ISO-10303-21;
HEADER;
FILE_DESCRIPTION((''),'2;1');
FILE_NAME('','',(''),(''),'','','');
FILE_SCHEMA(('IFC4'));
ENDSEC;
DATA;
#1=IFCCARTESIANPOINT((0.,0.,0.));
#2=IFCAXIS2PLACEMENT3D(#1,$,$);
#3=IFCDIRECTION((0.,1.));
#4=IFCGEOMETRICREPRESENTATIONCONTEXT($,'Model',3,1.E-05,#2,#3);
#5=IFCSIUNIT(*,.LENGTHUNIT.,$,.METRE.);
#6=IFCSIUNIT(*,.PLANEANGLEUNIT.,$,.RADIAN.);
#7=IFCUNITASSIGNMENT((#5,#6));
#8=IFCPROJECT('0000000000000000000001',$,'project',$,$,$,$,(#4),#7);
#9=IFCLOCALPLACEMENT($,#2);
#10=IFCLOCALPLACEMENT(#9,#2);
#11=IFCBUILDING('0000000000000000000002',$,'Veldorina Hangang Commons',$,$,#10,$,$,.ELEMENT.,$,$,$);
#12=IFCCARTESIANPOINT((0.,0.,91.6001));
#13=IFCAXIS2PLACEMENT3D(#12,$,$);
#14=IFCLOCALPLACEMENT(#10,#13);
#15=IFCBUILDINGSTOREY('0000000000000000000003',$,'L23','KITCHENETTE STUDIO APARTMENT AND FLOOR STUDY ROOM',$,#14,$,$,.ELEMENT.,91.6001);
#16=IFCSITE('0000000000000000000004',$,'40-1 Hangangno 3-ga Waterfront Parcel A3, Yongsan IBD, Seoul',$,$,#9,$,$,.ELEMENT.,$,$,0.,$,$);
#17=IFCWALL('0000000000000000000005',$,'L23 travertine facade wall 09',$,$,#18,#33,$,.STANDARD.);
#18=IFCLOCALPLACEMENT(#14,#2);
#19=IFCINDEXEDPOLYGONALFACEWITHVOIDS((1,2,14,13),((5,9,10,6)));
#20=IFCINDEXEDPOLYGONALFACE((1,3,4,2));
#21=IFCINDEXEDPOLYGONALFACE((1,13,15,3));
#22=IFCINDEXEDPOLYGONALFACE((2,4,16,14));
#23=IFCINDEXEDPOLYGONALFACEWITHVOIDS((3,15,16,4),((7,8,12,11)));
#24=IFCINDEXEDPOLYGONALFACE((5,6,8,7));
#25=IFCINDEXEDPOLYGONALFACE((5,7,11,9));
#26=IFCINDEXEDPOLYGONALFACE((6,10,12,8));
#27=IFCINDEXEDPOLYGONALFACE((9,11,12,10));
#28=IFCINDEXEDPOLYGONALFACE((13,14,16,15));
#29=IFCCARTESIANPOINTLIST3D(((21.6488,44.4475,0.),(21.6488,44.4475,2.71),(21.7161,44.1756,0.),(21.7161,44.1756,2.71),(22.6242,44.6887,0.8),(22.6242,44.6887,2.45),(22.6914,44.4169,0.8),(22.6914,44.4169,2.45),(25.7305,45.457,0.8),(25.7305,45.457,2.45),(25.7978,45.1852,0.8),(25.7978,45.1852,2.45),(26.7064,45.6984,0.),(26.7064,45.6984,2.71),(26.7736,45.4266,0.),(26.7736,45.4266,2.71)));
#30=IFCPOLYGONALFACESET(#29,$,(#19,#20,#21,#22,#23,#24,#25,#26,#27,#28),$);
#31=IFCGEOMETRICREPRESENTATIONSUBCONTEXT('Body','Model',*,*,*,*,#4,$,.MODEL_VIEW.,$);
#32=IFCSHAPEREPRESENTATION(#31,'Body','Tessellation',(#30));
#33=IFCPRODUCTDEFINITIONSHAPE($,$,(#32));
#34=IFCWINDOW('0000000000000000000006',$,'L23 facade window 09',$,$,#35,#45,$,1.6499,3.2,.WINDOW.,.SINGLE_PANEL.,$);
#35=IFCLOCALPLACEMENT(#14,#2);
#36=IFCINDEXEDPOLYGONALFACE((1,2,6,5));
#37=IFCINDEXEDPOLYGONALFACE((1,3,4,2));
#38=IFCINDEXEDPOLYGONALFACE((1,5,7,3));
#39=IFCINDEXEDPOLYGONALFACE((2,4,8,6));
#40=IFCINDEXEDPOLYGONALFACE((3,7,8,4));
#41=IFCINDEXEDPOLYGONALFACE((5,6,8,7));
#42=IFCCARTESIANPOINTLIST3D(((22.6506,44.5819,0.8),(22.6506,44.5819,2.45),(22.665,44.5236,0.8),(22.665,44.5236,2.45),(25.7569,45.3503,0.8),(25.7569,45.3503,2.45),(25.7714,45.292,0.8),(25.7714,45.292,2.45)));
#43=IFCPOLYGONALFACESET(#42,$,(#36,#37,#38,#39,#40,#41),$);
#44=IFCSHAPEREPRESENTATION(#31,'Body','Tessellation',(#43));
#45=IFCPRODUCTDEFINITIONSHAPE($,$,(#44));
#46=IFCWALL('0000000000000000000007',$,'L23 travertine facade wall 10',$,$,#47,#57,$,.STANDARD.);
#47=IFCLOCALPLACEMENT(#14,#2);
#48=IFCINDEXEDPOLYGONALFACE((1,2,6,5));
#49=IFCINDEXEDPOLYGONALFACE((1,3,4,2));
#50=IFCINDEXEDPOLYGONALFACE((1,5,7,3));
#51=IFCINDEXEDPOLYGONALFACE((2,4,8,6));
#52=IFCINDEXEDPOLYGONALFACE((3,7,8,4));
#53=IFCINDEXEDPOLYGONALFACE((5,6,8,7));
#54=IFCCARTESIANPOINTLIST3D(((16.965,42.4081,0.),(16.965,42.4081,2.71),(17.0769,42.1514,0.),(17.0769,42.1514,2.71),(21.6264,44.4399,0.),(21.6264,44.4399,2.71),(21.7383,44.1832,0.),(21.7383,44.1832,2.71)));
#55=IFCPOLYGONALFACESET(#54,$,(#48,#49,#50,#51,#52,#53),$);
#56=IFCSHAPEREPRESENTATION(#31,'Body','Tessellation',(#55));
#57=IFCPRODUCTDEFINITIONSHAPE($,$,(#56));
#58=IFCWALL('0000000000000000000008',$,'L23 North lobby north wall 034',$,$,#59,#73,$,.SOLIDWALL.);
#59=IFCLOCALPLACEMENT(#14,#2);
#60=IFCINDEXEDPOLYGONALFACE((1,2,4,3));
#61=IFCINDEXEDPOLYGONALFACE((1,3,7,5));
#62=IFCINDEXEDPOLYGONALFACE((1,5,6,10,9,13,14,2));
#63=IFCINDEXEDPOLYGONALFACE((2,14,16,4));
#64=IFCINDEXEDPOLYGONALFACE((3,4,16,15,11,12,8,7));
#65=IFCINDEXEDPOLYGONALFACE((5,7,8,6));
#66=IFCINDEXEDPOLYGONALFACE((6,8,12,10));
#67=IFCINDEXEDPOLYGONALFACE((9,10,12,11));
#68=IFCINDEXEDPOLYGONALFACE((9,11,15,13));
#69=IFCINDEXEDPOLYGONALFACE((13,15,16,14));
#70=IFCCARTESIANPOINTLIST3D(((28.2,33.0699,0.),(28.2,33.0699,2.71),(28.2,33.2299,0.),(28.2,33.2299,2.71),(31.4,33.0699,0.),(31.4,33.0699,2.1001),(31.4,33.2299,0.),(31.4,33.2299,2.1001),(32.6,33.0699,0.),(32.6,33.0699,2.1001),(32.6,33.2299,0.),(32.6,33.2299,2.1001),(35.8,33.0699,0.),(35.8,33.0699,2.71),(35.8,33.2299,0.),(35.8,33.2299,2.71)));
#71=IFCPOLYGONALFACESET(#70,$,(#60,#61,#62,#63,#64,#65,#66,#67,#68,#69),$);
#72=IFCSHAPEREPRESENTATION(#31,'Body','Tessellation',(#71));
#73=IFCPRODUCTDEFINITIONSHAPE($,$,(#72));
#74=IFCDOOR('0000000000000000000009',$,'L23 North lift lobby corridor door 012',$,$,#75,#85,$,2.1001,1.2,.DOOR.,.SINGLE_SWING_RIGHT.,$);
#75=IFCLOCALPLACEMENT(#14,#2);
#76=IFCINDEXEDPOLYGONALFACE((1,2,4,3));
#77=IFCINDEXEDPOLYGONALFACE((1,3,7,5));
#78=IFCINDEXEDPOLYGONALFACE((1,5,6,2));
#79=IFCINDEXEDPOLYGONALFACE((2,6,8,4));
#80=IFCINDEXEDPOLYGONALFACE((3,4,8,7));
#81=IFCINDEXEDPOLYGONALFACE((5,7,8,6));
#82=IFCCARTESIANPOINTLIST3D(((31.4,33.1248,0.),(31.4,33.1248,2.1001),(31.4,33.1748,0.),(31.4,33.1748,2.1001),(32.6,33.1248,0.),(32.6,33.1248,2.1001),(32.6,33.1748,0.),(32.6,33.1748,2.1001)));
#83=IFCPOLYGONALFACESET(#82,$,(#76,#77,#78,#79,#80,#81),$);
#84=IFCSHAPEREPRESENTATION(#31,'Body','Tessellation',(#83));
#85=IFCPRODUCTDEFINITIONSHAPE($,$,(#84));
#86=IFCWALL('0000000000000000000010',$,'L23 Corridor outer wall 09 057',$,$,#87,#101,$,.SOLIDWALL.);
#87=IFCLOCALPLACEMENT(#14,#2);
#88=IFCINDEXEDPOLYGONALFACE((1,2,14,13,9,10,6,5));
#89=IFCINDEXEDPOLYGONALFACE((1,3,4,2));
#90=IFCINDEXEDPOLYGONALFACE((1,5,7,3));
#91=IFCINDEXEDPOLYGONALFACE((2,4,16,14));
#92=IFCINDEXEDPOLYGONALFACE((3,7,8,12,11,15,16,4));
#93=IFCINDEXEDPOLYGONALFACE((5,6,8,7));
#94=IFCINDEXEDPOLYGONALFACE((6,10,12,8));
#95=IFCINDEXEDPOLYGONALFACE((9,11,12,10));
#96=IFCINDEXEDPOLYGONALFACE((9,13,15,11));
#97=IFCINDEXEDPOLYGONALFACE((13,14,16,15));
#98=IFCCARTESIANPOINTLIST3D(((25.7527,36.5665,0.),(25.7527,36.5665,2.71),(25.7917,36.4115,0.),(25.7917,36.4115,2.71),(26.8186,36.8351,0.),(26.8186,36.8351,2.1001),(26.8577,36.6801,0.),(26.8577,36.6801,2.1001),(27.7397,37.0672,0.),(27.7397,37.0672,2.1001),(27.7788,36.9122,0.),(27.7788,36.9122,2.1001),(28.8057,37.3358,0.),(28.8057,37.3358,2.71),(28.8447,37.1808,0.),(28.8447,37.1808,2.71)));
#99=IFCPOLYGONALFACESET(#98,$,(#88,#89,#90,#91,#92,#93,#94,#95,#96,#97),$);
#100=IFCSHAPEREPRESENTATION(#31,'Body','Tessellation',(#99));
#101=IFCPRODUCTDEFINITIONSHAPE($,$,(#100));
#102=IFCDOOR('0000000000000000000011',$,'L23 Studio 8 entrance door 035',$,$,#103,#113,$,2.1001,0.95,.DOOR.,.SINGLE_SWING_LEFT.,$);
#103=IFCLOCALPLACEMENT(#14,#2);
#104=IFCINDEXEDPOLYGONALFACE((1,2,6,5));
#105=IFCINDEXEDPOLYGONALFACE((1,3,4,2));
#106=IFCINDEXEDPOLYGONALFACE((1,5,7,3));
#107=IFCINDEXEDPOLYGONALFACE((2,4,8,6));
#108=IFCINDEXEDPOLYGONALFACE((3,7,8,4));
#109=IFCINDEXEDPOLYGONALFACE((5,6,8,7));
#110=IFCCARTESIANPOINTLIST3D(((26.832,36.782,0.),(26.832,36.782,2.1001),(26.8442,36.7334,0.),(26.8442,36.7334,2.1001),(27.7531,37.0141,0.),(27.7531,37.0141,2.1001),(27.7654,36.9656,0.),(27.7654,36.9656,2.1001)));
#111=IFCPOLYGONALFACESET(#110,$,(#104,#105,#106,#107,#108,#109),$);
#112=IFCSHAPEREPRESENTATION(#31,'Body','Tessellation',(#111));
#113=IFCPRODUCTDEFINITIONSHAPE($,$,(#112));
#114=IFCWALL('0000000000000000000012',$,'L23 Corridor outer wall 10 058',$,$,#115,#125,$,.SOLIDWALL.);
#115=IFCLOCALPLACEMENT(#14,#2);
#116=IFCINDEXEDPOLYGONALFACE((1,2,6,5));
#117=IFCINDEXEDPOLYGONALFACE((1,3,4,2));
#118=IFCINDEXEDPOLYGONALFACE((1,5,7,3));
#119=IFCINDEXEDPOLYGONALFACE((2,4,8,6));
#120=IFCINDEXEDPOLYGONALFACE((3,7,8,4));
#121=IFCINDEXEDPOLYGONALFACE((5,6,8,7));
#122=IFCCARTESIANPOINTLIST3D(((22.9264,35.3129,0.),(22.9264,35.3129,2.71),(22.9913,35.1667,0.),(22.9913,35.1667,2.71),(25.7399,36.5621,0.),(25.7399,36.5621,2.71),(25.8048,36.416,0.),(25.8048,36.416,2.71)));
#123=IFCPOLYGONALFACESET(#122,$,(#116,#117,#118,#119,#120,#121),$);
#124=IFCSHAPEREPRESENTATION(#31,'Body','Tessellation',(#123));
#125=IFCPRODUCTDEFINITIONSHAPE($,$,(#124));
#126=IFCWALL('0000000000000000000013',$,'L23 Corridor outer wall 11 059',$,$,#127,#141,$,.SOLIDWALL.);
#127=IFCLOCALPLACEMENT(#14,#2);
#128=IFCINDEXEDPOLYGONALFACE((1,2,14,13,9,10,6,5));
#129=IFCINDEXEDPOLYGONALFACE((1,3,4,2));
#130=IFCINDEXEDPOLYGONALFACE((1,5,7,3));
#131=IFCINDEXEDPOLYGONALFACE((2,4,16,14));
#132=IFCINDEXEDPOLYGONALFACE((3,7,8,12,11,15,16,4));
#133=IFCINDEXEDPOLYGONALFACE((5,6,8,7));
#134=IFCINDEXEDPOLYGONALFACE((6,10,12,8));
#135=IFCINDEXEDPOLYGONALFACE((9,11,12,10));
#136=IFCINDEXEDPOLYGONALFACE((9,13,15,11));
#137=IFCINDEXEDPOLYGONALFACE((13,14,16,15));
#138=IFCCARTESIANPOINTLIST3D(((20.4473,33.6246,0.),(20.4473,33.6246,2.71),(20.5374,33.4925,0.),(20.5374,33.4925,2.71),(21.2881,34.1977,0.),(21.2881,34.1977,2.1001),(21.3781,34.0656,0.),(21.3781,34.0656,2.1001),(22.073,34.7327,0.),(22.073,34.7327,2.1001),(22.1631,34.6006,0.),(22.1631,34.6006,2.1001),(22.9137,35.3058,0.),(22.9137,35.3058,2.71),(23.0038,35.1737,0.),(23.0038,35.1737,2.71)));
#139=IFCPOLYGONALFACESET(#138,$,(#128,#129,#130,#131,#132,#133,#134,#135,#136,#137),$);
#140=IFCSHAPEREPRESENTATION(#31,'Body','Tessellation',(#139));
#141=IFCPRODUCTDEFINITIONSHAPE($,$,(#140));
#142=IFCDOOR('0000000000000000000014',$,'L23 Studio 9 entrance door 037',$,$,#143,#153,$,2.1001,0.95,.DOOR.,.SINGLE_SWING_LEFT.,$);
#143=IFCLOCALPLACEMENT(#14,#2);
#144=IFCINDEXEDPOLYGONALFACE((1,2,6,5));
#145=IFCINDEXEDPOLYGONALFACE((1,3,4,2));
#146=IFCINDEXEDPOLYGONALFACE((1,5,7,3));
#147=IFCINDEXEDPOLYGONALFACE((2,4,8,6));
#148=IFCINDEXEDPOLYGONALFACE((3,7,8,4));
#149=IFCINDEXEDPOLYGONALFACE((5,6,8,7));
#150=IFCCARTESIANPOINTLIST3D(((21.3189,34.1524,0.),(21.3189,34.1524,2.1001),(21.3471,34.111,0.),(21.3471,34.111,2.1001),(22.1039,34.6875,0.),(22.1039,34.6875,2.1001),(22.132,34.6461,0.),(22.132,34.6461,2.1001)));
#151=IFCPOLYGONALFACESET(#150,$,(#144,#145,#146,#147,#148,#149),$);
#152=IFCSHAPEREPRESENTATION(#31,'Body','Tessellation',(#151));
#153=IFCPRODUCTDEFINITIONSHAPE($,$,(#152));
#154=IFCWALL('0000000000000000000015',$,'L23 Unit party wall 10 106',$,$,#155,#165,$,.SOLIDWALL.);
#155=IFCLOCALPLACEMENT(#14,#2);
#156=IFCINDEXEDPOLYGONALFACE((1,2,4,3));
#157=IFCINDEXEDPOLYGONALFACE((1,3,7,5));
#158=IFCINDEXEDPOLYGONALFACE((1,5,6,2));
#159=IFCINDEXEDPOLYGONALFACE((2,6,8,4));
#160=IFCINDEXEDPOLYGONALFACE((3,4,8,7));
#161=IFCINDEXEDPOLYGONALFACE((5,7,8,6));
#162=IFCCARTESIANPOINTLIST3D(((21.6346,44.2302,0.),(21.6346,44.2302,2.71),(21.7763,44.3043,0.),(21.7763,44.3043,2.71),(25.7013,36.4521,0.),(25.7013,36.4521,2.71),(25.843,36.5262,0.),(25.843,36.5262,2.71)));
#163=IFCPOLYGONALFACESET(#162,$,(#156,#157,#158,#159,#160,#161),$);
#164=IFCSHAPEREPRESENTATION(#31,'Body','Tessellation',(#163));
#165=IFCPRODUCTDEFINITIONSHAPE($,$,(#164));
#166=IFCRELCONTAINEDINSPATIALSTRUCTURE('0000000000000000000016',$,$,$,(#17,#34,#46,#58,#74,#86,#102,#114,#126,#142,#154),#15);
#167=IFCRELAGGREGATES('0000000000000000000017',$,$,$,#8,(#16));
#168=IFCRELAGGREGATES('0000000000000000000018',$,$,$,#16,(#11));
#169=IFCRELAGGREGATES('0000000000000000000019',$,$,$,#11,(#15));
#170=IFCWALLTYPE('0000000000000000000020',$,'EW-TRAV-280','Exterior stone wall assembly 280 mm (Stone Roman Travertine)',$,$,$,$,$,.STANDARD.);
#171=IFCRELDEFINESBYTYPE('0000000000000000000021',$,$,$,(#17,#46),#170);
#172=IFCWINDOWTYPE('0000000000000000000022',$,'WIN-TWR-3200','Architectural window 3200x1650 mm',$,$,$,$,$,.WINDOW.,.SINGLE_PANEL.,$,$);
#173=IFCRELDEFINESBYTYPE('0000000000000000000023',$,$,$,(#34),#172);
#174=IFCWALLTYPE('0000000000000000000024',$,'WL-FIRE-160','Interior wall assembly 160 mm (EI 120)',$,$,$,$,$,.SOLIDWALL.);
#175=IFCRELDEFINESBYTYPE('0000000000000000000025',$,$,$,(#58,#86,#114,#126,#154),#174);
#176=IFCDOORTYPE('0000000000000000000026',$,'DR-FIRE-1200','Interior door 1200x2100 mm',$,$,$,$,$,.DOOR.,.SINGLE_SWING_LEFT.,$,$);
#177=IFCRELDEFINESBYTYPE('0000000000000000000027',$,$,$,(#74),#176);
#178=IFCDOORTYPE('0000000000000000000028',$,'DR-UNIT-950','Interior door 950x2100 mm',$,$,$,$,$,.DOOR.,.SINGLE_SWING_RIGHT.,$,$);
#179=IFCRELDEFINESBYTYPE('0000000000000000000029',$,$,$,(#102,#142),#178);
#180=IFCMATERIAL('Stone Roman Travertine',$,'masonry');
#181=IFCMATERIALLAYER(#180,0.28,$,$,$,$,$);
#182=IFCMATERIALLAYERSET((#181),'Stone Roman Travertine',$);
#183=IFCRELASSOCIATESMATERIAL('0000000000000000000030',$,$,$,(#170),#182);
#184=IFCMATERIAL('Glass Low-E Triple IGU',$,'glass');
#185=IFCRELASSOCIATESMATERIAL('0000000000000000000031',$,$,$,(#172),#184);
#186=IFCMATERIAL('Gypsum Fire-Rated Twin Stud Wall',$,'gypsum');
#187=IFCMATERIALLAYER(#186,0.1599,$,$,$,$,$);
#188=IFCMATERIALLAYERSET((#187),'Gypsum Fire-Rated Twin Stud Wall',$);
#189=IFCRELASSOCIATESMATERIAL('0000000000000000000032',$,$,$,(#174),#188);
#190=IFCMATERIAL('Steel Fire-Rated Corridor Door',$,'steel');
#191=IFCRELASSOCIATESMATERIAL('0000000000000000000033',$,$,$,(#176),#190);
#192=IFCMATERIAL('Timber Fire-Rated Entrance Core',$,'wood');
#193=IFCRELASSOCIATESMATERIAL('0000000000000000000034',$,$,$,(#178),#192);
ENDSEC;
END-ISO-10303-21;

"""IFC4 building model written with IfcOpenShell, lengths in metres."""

from ifc_helpers import new_model, si_unit, direction, frame, frame_2d, origin, place, context, subcontext, project, spatial, rectangle, extrude, material, layer, layer_set, type_object, element, fill, save


model = new_model("IFC4")

# Units and contexts
model_context = context("Model", 3, precision=1e-05, world=origin(), true_north=direction((0.0, 1.0)))
body_context = subcontext(model_context, "Body", "Model", "MODEL_VIEW")
ifc_project = project(units=[si_unit("LENGTHUNIT", "METRE"), si_unit("PLANEANGLEUNIT", "RADIAN")], contexts=[model_context])

# Site, building, storey
site_placement = place(None, origin())
site = spatial("IfcSite", under=ifc_project, at=site_placement, Name="40-1 Hangangno 3-ga Waterfront Parcel A3, Yongsan IBD, Seoul", CompositionType="ELEMENT", RefElevation=0.0)
building_placement = place(site_placement, origin())
building = spatial("IfcBuilding", under=site, at=building_placement, Name="Veldorina Hangang Commons", CompositionType="ELEMENT")
storey_placement = place(building_placement, frame((0.0, 0.0, 91.6001)))
storey = spatial("IfcBuildingStorey", under=building, at=storey_placement, Name="L23", Description="KITCHENETTE STUDIO APARTMENT AND FLOOR STUDY ROOM", CompositionType="ELEMENT", Elevation=91.6001)

# Wall, opening, window
ifc_material_1 = material(Name="Stone Roman Travertine", Category="masonry")
ifc_layer_1 = layer(ifc_material_1, 0.28)
ifc_layer_set_1 = layer_set([ifc_layer_1], Name="Stone Roman Travertine")
wall_type_1 = type_object("IfcWallType", Name="EW-TRAV-280", Description="Exterior stone wall assembly 280 mm (Stone Roman Travertine)", PredefinedType="STANDARD", material=ifc_layer_set_1)
wall_1_placement = place(storey_placement, frame((26.74, 45.5625, 0.0), z_axis=(0.0, 0.0, 1.0), x_axis=(-0.970746, -0.240109, 0.0)))
wall_1 = element("IfcWall", 1, at=wall_1_placement, inside=storey, type_object=wall_type_1, Name="L23 travertine facade wall 09", PredefinedType="STANDARD", context=body_context, shape_type="SweptSolid", body=[
    extrude(rectangle(XDim=5.21, YDim=0.28, at=frame_2d((2.605, 0.0))), origin(), (0.0, 0.0, 1.0), 2.71),
])
opening_1_placement = place(wall_1_placement, frame((1.0051, 0.0, 0.8)))
opening_1 = element("IfcOpeningElement", 2, at=opening_1_placement, cuts=wall_1, PredefinedType="OPENING", context=body_context, shape_type="SweptSolid", body=[
    extrude(rectangle(XDim=3.2, YDim=1.6499, at=frame_2d((1.6001, 0.825))), frame((0.0, 0.1499, 0.0), z_axis=(0.0, -1.0, 0.0), x_axis=(1.0, 0.0, 0.0)), (0.0, 0.0, 1.0), 0.3),
])
ifc_material_2 = material(Name="Glass Low-E Triple IGU", Category="glass")
window_type = type_object("IfcWindowType", Name="WIN-TWR-3200", Description="Architectural window 3200x1650 mm", PartitioningType="SINGLE_PANEL", PredefinedType="WINDOW", material=ifc_material_2)
window_placement = place(opening_1_placement, origin())
window = element("IfcWindow", 3, at=window_placement, inside=storey, type_object=window_type, Name="L23 facade window 09", OverallHeight=1.6499, OverallWidth=3.2, PartitioningType="SINGLE_PANEL", PredefinedType="WINDOW", context=body_context, shape_type="SweptSolid", body=[
    extrude(rectangle(XDim=3.2, YDim=1.6499, at=frame_2d((1.6001, 0.825))), frame((0.0, 0.03, 0.0), z_axis=(0.0, -1.0, 0.0), x_axis=(1.0, 0.0, 0.0)), (0.0, 0.0, 1.0), 0.0601),
])
fill(opening_1, window)

# Wall
wall_2_placement = place(storey_placement, frame((21.6824, 44.3115, 0.0), z_axis=(0.0, 0.0, 1.0), x_axis=(-0.916706, -0.399562, 0.0)))
element("IfcWall", 4, at=wall_2_placement, inside=storey, type_object=wall_type_1, Name="L23 travertine facade wall 10", PredefinedType="STANDARD", context=body_context, shape_type="SweptSolid", body=[
    extrude(rectangle(XDim=5.085, YDim=0.28, at=frame_2d((2.5425, 0.0))), origin(), (0.0, 0.0, 1.0), 2.71),
])

# Walls, openings, doors
ifc_material_3 = material(Name="Gypsum Fire-Rated Twin Stud Wall", Category="gypsum")
ifc_layer_2 = layer(ifc_material_3, 0.1599)
ifc_layer_set_2 = layer_set([ifc_layer_2], Name="Gypsum Fire-Rated Twin Stud Wall")
wall_type_2 = type_object("IfcWallType", Name="WL-FIRE-160", Description="Interior wall assembly 160 mm (EI 120)", PredefinedType="SOLIDWALL", material=ifc_layer_set_2)
wall_3_placement = place(storey_placement, frame((28.2, 33.1499, 0.0), z_axis=(0.0, 0.0, 1.0), x_axis=(1.0, 0.0, 0.0)))
wall_3 = element("IfcWall", 5, at=wall_3_placement, inside=storey, type_object=wall_type_2, Name="L23 North lobby north wall 034", PredefinedType="SOLIDWALL", context=body_context, shape_type="SweptSolid", body=[
    extrude(rectangle(XDim=7.6001, YDim=0.1599, at=frame_2d((3.8, 0.0))), origin(), (0.0, 0.0, 1.0), 2.71),
])
opening_2_placement = place(wall_3_placement, frame((3.2, 0.0, 0.0)))
opening_2 = element("IfcOpeningElement", 6, at=opening_2_placement, cuts=wall_3, PredefinedType="OPENING", context=body_context, shape_type="SweptSolid", body=[
    extrude(rectangle(XDim=1.2, YDim=2.1001, at=frame_2d((0.6001, 1.05))), frame((0.0, 0.0898, 0.0), z_axis=(0.0, -1.0, 0.0), x_axis=(1.0, 0.0, 0.0)), (0.0, 0.0, 1.0), 0.1799),
])
ifc_material_4 = material(Name="Steel Fire-Rated Corridor Door", Category="steel")
door_type_1 = type_object("IfcDoorType", Name="DR-FIRE-1200", Description="Interior door 1200x2100 mm", OperationType="SINGLE_SWING_LEFT", PredefinedType="DOOR", material=ifc_material_4)
door_1_placement = place(opening_2_placement, origin())
door_1 = element("IfcDoor", 7, at=door_1_placement, inside=storey, type_object=door_type_1, Name="L23 North lift lobby corridor door 012", OperationType="SINGLE_SWING_RIGHT", OverallHeight=2.1001, OverallWidth=1.2, PredefinedType="DOOR", context=body_context, shape_type="SweptSolid", body=[
    extrude(rectangle(XDim=1.2, YDim=2.1001, at=frame_2d((0.6001, 1.05))), frame((0.0, 0.0249, 0.0), z_axis=(0.0, -1.0, 0.0), x_axis=(1.0, 0.0, 0.0)), (0.0, 0.0, 1.0), 0.05),
])
fill(opening_2, door_1)
wall_4_placement = place(storey_placement, frame((28.8252, 37.2583, 0.0), z_axis=(0.0, 0.0, 1.0), x_axis=(-0.969689, -0.244342, 0.0)))
wall_4 = element("IfcWall", 8, at=wall_4_placement, inside=storey, type_object=wall_type_2, Name="L23 Corridor outer wall 09 057", PredefinedType="SOLIDWALL", context=body_context, shape_type="SweptSolid", body=[
    extrude(rectangle(XDim=3.1484, YDim=0.1599, at=frame_2d((1.5742, 0.0))), origin(), (0.0, 0.0, 1.0), 2.71),
])
opening_3_placement = place(wall_4_placement, frame((1.0991, 0.0, 0.0)))
opening_3 = element("IfcOpeningElement", 9, at=opening_3_placement, cuts=wall_4, PredefinedType="OPENING", context=body_context, shape_type="SweptSolid", body=[
    extrude(rectangle(XDim=0.95, YDim=2.1001, at=frame_2d((0.4751, 1.05))), frame((0.0, 0.0898, 0.0), z_axis=(0.0, -1.0, 0.0), x_axis=(1.0, 0.0, 0.0)), (0.0, 0.0, 1.0), 0.1799),
])
ifc_material_5 = material(Name="Timber Fire-Rated Entrance Core", Category="wood")
door_type_2 = type_object("IfcDoorType", Name="DR-UNIT-950", Description="Interior door 950x2100 mm", OperationType="SINGLE_SWING_RIGHT", PredefinedType="DOOR", material=ifc_material_5)
door_2_placement = place(opening_3_placement, origin())
door_2 = element("IfcDoor", 10, at=door_2_placement, inside=storey, type_object=door_type_2, Name="L23 Studio 8 entrance door 035", OperationType="SINGLE_SWING_LEFT", OverallHeight=2.1001, OverallWidth=0.95, PredefinedType="DOOR", context=body_context, shape_type="SweptSolid", body=[
    extrude(rectangle(XDim=0.95, YDim=2.1001, at=frame_2d((0.4751, 1.05))), frame((0.0, 0.0249, 0.0), z_axis=(0.0, -1.0, 0.0), x_axis=(1.0, 0.0, 0.0)), (0.0, 0.0, 1.0), 0.05),
])
fill(opening_3, door_2)

# Wall
wall_5_placement = place(storey_placement, frame((25.7722, 36.489, 0.0), z_axis=(0.0, 0.0, 1.0), x_axis=(-0.913952, -0.405822, 0.0)))
element("IfcWall", 11, at=wall_5_placement, inside=storey, type_object=wall_type_2, Name="L23 Corridor outer wall 10 058", PredefinedType="SOLIDWALL", context=body_context, shape_type="SweptSolid", body=[
    extrude(rectangle(XDim=3.0784, YDim=0.1599, at=frame_2d((1.5391, 0.0))), origin(), (0.0, 0.0, 1.0), 2.71),
])

# Wall, opening, door
wall_6_placement = place(storey_placement, frame((22.9587, 35.2397, 0.0), z_axis=(0.0, 0.0, 1.0), x_axis=(-0.826293, -0.56324, 0.0)))
wall_6 = element("IfcWall", 12, at=wall_6_placement, inside=storey, type_object=wall_type_2, Name="L23 Corridor outer wall 11 059", PredefinedType="SOLIDWALL", context=body_context, shape_type="SweptSolid", body=[
    extrude(rectangle(XDim=2.9849, YDim=0.1599, at=frame_2d((1.4924, 0.0))), origin(), (0.0, 0.0, 1.0), 2.71),
])
opening_4_placement = place(wall_6_placement, frame((1.0173, 0.0, 0.0)))
opening_4 = element("IfcOpeningElement", 13, at=opening_4_placement, cuts=wall_6, PredefinedType="OPENING", context=body_context, shape_type="SweptSolid", body=[
    extrude(rectangle(XDim=0.95, YDim=2.1001, at=frame_2d((0.4751, 1.05))), frame((0.0, 0.0898, 0.0), z_axis=(0.0, -1.0, 0.0), x_axis=(1.0, 0.0, 0.0)), (0.0, 0.0, 1.0), 0.1799),
])
door_3_placement = place(opening_4_placement, origin())
door_3 = element("IfcDoor", 14, at=door_3_placement, inside=storey, type_object=door_type_2, Name="L23 Studio 9 entrance door 037", OperationType="SINGLE_SWING_LEFT", OverallHeight=2.1001, OverallWidth=0.95, PredefinedType="DOOR", context=body_context, shape_type="SweptSolid", body=[
    extrude(rectangle(XDim=0.95, YDim=2.1001, at=frame_2d((0.4751, 1.05))), frame((0.0, 0.0249, 0.0), z_axis=(0.0, -1.0, 0.0), x_axis=(1.0, 0.0, 0.0)), (0.0, 0.0, 1.0), 0.05),
])
fill(opening_4, door_3)

# Wall
wall_7_placement = place(storey_placement, frame((25.7722, 36.489, 0.0), z_axis=(0.0, 0.0, 1.0), x_axis=(-0.463329, 0.886186, 0.0)))
element("IfcWall", 15, at=wall_7_placement, inside=storey, type_object=wall_type_2, Name="L23 Unit party wall 10 106", PredefinedType="SOLIDWALL", context=body_context, shape_type="SweptSolid", body=[
    extrude(rectangle(XDim=8.7771, YDim=0.1599, at=frame_2d((4.3887, 0.0))), origin(), (0.0, 0.0, 1.0), 2.71),
])

save(model, "model.ifc")
